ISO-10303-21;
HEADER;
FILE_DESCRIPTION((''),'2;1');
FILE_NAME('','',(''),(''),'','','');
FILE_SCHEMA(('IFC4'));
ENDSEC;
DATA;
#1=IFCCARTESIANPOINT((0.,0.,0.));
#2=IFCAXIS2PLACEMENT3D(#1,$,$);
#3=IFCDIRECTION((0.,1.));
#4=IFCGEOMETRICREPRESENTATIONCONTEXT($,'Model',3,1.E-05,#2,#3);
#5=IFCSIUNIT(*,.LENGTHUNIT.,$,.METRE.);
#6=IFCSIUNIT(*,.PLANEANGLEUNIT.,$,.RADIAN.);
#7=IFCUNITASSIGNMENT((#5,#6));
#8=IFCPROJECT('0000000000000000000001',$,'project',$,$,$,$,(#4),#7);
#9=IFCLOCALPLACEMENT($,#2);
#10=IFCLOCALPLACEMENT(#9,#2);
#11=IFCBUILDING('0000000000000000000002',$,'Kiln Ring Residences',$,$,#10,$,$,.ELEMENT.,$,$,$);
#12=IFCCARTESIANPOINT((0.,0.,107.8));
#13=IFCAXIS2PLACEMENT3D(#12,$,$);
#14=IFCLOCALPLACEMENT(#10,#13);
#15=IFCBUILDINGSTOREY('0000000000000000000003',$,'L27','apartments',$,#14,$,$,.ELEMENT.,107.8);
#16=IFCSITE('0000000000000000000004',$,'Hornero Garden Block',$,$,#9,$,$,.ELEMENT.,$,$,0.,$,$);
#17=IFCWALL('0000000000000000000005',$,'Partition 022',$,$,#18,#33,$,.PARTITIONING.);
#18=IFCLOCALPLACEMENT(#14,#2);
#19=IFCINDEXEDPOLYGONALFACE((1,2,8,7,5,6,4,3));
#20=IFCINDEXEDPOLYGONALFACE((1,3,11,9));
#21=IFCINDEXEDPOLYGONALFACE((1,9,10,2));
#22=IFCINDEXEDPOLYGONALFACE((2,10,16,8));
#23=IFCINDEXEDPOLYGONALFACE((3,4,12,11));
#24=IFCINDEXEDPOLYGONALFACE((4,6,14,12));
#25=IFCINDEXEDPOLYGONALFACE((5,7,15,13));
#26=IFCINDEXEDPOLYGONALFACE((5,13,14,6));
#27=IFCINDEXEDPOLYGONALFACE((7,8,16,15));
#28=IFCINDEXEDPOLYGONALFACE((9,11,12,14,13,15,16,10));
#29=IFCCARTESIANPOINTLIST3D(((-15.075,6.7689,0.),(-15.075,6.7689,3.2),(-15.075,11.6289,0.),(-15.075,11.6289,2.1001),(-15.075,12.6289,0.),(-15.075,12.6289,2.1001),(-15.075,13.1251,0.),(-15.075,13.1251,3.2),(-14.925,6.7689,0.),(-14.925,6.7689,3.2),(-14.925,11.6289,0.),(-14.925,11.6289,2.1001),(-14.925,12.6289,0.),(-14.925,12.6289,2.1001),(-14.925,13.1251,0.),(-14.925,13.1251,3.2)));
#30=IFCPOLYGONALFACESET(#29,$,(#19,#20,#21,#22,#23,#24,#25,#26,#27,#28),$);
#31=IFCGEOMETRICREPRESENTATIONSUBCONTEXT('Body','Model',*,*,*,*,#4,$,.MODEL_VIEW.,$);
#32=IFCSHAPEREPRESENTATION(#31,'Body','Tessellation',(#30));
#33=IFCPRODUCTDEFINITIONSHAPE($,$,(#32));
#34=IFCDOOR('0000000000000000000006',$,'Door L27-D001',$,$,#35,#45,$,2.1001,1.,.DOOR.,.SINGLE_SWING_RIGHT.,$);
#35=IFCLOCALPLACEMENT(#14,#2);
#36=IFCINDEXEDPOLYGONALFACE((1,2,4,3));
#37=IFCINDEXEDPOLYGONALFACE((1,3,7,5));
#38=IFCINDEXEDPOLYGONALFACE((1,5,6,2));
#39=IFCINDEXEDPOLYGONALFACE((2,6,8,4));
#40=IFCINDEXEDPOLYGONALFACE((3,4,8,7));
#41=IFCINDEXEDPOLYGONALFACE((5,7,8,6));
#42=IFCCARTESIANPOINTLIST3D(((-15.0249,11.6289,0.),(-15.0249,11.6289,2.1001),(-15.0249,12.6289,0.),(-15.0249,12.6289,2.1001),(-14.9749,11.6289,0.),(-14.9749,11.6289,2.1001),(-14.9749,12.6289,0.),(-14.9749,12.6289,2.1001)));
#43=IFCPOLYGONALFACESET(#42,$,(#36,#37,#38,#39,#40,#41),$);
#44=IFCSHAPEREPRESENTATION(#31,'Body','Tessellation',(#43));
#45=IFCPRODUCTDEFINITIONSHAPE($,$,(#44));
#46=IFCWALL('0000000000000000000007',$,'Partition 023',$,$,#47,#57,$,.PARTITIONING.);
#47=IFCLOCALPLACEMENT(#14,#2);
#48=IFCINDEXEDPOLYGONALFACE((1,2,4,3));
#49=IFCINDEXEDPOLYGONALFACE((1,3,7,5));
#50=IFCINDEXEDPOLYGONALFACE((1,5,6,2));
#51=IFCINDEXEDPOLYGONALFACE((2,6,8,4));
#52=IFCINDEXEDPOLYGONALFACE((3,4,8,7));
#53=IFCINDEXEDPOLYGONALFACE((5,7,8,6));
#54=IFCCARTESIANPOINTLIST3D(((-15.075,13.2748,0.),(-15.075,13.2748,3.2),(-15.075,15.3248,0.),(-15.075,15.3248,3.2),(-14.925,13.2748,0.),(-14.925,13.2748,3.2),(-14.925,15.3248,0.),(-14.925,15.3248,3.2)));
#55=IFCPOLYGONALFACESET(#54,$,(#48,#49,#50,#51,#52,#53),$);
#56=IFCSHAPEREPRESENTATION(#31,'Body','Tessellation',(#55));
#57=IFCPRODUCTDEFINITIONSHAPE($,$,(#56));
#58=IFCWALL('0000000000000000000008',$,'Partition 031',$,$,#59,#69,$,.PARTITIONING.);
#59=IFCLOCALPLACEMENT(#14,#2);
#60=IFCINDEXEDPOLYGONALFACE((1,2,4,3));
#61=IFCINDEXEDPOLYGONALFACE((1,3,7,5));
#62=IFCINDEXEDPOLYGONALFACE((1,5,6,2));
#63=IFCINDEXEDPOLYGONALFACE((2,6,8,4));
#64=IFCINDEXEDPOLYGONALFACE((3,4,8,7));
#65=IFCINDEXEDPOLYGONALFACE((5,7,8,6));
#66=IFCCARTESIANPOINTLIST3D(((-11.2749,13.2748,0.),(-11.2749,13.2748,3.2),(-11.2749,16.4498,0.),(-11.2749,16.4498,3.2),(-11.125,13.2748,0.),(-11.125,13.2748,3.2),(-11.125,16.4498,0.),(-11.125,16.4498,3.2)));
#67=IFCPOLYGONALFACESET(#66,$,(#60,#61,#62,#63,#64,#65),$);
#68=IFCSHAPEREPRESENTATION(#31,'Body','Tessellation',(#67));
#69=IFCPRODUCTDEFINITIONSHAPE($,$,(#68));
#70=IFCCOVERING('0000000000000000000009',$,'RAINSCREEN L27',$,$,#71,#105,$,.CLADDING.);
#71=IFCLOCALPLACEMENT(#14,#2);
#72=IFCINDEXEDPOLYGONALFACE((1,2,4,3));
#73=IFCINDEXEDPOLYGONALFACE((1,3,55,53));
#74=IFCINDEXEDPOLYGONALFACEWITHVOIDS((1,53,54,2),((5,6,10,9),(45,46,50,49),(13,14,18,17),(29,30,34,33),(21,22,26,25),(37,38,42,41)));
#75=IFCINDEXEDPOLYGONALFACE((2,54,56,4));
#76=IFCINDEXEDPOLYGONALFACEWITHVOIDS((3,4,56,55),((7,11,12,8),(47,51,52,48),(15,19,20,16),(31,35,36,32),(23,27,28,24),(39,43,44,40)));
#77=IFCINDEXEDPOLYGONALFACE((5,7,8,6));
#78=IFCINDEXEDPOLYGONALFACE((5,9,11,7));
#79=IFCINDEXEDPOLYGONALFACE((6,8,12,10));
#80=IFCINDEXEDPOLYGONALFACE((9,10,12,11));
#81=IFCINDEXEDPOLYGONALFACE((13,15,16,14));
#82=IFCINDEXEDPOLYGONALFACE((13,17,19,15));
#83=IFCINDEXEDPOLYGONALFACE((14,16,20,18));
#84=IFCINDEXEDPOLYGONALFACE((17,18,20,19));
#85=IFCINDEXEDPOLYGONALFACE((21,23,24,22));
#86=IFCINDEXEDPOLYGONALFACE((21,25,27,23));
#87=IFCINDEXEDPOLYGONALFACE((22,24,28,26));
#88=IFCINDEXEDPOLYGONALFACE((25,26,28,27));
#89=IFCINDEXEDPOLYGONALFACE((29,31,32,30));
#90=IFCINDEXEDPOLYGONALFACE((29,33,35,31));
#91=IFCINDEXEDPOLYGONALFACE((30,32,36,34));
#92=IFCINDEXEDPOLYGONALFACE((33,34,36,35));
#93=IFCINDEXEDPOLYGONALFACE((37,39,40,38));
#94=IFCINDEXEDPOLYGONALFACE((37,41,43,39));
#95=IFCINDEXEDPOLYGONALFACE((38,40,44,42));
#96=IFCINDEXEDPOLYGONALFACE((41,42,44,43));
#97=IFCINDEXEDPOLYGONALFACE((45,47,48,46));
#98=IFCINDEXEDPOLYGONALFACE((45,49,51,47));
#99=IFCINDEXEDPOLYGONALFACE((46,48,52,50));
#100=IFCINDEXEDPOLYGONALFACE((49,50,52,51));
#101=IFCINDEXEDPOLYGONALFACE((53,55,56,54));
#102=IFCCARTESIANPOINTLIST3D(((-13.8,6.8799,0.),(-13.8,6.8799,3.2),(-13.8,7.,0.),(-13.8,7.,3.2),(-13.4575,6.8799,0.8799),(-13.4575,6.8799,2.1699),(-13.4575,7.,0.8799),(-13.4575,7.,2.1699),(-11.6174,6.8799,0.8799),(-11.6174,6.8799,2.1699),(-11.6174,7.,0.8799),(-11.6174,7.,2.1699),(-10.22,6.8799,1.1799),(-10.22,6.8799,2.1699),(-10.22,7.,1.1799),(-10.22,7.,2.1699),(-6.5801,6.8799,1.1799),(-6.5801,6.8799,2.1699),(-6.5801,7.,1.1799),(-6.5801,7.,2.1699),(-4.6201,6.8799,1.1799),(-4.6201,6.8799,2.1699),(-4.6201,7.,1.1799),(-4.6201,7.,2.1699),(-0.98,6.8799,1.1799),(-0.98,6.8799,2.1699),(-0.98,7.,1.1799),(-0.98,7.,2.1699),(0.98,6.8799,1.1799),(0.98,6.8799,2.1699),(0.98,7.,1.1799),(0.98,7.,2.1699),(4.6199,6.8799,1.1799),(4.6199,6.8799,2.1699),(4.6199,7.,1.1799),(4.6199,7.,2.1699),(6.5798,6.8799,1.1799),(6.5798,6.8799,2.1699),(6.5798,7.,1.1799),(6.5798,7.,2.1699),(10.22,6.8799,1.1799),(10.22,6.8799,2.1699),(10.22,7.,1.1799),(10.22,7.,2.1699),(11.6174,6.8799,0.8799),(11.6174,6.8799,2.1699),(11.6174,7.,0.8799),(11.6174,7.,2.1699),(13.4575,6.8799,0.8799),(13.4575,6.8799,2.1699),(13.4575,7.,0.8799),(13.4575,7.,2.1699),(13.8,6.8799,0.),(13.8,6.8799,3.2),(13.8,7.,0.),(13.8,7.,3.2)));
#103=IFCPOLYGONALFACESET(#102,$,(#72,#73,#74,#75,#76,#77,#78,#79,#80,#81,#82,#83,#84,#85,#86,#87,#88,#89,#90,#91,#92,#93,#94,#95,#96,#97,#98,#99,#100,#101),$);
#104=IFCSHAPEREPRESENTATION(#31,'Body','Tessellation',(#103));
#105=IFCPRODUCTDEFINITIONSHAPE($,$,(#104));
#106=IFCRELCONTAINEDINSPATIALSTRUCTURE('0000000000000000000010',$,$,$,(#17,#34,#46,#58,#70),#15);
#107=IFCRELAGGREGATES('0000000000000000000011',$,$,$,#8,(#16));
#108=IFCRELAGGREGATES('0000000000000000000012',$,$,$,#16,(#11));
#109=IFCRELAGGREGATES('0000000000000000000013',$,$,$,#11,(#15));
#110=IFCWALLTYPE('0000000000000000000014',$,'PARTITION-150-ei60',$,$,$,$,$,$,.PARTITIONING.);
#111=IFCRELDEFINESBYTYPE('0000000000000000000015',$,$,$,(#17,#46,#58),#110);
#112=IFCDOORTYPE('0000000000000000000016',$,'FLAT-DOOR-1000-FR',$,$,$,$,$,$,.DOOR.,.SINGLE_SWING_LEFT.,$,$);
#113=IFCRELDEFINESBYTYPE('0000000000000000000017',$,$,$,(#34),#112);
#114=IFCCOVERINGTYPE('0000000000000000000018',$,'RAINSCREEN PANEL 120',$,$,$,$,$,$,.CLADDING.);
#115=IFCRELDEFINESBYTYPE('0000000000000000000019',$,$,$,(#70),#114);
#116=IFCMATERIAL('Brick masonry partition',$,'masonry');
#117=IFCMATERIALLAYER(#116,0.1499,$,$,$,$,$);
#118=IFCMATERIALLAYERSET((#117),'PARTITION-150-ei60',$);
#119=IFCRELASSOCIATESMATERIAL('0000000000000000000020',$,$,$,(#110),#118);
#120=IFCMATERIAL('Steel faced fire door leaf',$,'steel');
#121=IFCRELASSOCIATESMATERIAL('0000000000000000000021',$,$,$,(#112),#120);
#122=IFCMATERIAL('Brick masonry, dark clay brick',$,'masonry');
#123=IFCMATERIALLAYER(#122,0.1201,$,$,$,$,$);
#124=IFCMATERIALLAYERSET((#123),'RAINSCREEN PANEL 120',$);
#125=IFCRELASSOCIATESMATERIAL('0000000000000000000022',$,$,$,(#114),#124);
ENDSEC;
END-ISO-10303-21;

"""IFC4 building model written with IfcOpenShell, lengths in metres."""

from ifc_helpers import new_model, si_unit, direction, frame, frame_2d, origin, place, context, subcontext, project, spatial, polyline, rectangle, outline, extrude, material, layer, layer_set, type_object, element, fill, save


model = new_model("IFC4")

# Units and contexts
model_context = context("Model", 3, precision=1e-05, world=origin(), true_north=direction((0.0, 1.0)))
body_context = subcontext(model_context, "Body", "Model", "MODEL_VIEW")
ifc_project = project(units=[si_unit("LENGTHUNIT", "METRE"), si_unit("PLANEANGLEUNIT", "RADIAN")], contexts=[model_context])

# Site, building, storey
site_placement = place(None, origin())
site = spatial("IfcSite", under=ifc_project, at=site_placement, Name="Hornero Garden Block", CompositionType="ELEMENT", RefElevation=0.0)
building_placement = place(site_placement, origin())
building = spatial("IfcBuilding", under=site, at=building_placement, Name="Kiln Ring Residences", CompositionType="ELEMENT")
storey_placement = place(building_placement, frame((0.0, 0.0, 107.8)))
storey = spatial("IfcBuildingStorey", under=building, at=storey_placement, Name="L27", Description="apartments", CompositionType="ELEMENT", Elevation=107.8)

# Shared definitions
ifc_material_1 = material(Name="Brick masonry partition", Category="masonry")
ifc_layer_1 = layer(ifc_material_1, 0.1499)
ifc_layer_set_1 = layer_set([ifc_layer_1], Name="PARTITION-150-ei60")
wall_type_1 = type_object("IfcWallType", Name="PARTITION-150-ei60", PredefinedType="PARTITIONING", material=ifc_layer_set_1)
ifc_material_2 = material(Name="Steel faced fire door leaf", Category="steel")
door_type = type_object("IfcDoorType", Name="FLAT-DOOR-1000-FR", OperationType="SINGLE_SWING_LEFT", PredefinedType="DOOR", material=ifc_material_2)

# Wall, opening, door
wall_1_placement = place(storey_placement, frame((-15.0, 6.7688, 0.0), z_axis=(0.0, 0.0, 1.0), x_axis=(0.0, 1.0, 0.0)))
wall_1 = element("IfcWall", 1, at=wall_1_placement, inside=storey, type_object=wall_type_1, Name="Partition 022", PredefinedType="PARTITIONING", context=body_context, shape_type="SweptSolid", body=[
    extrude(rectangle(XDim=6.3562, YDim=0.1499, at=frame_2d((3.1782, 0.0))), origin(), (0.0, 0.0, 1.0), 3.2),
])
opening_1_placement = place(wall_1_placement, frame((4.8601, 0.0, 0.0)))
opening_1 = element("IfcOpeningElement", 2, at=opening_1_placement, cuts=wall_1, PredefinedType="OPENING", context=body_context, shape_type="SweptSolid", body=[
    extrude(rectangle(XDim=1.0, YDim=2.1001, at=frame_2d((0.5, 1.05))), frame((0.0, 0.085, 0.0), z_axis=(0.0, -1.0, 0.0), x_axis=(1.0, 0.0, 0.0)), (0.0, 0.0, 1.0), 0.1699),
])
door_1_placement = place(opening_1_placement, origin())
door_1 = element("IfcDoor", 3, at=door_1_placement, inside=storey, type_object=door_type, Name="Door L27-D001", OperationType="SINGLE_SWING_RIGHT", OverallHeight=2.1001, OverallWidth=1.0, PredefinedType="DOOR", context=body_context, shape_type="SweptSolid", body=[
    extrude(rectangle(XDim=1.0, YDim=2.1001, at=frame_2d((0.5, 1.05))), frame((0.0, 0.0249, 0.0), z_axis=(0.0, -1.0, 0.0), x_axis=(1.0, 0.0, 0.0)), (0.0, 0.0, 1.0), 0.05),
])
fill(opening_1, door_1)

# Walls
wall_2_placement = place(storey_placement, frame((-15.0, 13.2749, 0.0), z_axis=(0.0, 0.0, 1.0), x_axis=(0.0, 1.0, 0.0)))
element("IfcWall", 4, at=wall_2_placement, inside=storey, type_object=wall_type_1, Name="Partition 023", PredefinedType="PARTITIONING", context=body_context, shape_type="SweptSolid", body=[
    extrude(rectangle(XDim=2.05, YDim=0.1499, at=frame_2d((1.0249, 0.0))), origin(), (0.0, 0.0, 1.0), 3.2),
])
wall_3_placement = place(storey_placement, frame((-11.2, 13.2749, 0.0), z_axis=(0.0, 0.0, 1.0), x_axis=(0.0, 1.0, 0.0)))
element("IfcWall", 5, at=wall_3_placement, inside=storey, type_object=wall_type_1, Name="Partition 031", PredefinedType="PARTITIONING", context=body_context, shape_type="SweptSolid", body=[
    extrude(rectangle(XDim=3.175, YDim=0.1499, at=frame_2d((1.5874, 0.0))), origin(), (0.0, 0.0, 1.0), 3.2),
])

# Covering
ifc_material_3 = material(Name="Brick masonry, dark clay brick", Category="masonry")
ifc_layer_2 = layer(ifc_material_3, 0.1201)
ifc_layer_set_2 = layer_set([ifc_layer_2], Name="RAINSCREEN PANEL 120")
covering_type = type_object("IfcCoveringType", Name="RAINSCREEN PANEL 120", PredefinedType="CLADDING", material=ifc_layer_set_2)
covering_placement = place(storey_placement, frame((-13.8, 6.9399, 0.0), z_axis=(0.0, 0.0, 1.0), x_axis=(1.0, 0.0, 0.0)))
element("IfcCovering", 6, at=covering_placement, inside=storey, type_object=covering_type, Name="RAINSCREEN L27", PredefinedType="CLADDING", context=body_context, shape_type="SweptSolid", body=[
    extrude(outline(polyline([(0.0, 0.0), (27.6001, 0.0), (27.6001, 3.2), (0.0, 3.2), (0.0, 0.0)]), holes=[polyline([(2.1826, 0.8799), (2.1826, 2.1699), (0.3425, 2.1699), (0.3425, 0.8799), (2.1826, 0.8799)]), polyline([(25.4175, 0.8799), (27.2576, 0.8799), (27.2576, 2.1699), (25.4175, 2.1699), (25.4175, 0.8799)]), polyline([(3.5801, 1.1799), (7.22, 1.1799), (7.22, 2.1699), (3.5801, 2.1699), (3.5801, 1.1799)]), polyline([(12.8201, 1.1799), (12.8201, 2.1699), (9.1799, 2.1699), (9.1799, 1.1799), (12.8201, 1.1799)]), polyline([(14.78, 1.1799), (18.4199, 1.1799), (18.4199, 2.1699), (14.78, 2.1699), (14.78, 1.1799)]), polyline([(20.3799, 1.1799), (24.02, 1.1799), (24.02, 2.1699), (20.3799, 2.1699), (20.3799, 1.1799)])]), frame((0.0, 0.0601, 0.0), z_axis=(0.0, -1.0, 0.0), x_axis=(1.0, 0.0, 0.0)), (0.0, 0.0, 1.0), 0.1201),
])

save(model, "model.ifc")
